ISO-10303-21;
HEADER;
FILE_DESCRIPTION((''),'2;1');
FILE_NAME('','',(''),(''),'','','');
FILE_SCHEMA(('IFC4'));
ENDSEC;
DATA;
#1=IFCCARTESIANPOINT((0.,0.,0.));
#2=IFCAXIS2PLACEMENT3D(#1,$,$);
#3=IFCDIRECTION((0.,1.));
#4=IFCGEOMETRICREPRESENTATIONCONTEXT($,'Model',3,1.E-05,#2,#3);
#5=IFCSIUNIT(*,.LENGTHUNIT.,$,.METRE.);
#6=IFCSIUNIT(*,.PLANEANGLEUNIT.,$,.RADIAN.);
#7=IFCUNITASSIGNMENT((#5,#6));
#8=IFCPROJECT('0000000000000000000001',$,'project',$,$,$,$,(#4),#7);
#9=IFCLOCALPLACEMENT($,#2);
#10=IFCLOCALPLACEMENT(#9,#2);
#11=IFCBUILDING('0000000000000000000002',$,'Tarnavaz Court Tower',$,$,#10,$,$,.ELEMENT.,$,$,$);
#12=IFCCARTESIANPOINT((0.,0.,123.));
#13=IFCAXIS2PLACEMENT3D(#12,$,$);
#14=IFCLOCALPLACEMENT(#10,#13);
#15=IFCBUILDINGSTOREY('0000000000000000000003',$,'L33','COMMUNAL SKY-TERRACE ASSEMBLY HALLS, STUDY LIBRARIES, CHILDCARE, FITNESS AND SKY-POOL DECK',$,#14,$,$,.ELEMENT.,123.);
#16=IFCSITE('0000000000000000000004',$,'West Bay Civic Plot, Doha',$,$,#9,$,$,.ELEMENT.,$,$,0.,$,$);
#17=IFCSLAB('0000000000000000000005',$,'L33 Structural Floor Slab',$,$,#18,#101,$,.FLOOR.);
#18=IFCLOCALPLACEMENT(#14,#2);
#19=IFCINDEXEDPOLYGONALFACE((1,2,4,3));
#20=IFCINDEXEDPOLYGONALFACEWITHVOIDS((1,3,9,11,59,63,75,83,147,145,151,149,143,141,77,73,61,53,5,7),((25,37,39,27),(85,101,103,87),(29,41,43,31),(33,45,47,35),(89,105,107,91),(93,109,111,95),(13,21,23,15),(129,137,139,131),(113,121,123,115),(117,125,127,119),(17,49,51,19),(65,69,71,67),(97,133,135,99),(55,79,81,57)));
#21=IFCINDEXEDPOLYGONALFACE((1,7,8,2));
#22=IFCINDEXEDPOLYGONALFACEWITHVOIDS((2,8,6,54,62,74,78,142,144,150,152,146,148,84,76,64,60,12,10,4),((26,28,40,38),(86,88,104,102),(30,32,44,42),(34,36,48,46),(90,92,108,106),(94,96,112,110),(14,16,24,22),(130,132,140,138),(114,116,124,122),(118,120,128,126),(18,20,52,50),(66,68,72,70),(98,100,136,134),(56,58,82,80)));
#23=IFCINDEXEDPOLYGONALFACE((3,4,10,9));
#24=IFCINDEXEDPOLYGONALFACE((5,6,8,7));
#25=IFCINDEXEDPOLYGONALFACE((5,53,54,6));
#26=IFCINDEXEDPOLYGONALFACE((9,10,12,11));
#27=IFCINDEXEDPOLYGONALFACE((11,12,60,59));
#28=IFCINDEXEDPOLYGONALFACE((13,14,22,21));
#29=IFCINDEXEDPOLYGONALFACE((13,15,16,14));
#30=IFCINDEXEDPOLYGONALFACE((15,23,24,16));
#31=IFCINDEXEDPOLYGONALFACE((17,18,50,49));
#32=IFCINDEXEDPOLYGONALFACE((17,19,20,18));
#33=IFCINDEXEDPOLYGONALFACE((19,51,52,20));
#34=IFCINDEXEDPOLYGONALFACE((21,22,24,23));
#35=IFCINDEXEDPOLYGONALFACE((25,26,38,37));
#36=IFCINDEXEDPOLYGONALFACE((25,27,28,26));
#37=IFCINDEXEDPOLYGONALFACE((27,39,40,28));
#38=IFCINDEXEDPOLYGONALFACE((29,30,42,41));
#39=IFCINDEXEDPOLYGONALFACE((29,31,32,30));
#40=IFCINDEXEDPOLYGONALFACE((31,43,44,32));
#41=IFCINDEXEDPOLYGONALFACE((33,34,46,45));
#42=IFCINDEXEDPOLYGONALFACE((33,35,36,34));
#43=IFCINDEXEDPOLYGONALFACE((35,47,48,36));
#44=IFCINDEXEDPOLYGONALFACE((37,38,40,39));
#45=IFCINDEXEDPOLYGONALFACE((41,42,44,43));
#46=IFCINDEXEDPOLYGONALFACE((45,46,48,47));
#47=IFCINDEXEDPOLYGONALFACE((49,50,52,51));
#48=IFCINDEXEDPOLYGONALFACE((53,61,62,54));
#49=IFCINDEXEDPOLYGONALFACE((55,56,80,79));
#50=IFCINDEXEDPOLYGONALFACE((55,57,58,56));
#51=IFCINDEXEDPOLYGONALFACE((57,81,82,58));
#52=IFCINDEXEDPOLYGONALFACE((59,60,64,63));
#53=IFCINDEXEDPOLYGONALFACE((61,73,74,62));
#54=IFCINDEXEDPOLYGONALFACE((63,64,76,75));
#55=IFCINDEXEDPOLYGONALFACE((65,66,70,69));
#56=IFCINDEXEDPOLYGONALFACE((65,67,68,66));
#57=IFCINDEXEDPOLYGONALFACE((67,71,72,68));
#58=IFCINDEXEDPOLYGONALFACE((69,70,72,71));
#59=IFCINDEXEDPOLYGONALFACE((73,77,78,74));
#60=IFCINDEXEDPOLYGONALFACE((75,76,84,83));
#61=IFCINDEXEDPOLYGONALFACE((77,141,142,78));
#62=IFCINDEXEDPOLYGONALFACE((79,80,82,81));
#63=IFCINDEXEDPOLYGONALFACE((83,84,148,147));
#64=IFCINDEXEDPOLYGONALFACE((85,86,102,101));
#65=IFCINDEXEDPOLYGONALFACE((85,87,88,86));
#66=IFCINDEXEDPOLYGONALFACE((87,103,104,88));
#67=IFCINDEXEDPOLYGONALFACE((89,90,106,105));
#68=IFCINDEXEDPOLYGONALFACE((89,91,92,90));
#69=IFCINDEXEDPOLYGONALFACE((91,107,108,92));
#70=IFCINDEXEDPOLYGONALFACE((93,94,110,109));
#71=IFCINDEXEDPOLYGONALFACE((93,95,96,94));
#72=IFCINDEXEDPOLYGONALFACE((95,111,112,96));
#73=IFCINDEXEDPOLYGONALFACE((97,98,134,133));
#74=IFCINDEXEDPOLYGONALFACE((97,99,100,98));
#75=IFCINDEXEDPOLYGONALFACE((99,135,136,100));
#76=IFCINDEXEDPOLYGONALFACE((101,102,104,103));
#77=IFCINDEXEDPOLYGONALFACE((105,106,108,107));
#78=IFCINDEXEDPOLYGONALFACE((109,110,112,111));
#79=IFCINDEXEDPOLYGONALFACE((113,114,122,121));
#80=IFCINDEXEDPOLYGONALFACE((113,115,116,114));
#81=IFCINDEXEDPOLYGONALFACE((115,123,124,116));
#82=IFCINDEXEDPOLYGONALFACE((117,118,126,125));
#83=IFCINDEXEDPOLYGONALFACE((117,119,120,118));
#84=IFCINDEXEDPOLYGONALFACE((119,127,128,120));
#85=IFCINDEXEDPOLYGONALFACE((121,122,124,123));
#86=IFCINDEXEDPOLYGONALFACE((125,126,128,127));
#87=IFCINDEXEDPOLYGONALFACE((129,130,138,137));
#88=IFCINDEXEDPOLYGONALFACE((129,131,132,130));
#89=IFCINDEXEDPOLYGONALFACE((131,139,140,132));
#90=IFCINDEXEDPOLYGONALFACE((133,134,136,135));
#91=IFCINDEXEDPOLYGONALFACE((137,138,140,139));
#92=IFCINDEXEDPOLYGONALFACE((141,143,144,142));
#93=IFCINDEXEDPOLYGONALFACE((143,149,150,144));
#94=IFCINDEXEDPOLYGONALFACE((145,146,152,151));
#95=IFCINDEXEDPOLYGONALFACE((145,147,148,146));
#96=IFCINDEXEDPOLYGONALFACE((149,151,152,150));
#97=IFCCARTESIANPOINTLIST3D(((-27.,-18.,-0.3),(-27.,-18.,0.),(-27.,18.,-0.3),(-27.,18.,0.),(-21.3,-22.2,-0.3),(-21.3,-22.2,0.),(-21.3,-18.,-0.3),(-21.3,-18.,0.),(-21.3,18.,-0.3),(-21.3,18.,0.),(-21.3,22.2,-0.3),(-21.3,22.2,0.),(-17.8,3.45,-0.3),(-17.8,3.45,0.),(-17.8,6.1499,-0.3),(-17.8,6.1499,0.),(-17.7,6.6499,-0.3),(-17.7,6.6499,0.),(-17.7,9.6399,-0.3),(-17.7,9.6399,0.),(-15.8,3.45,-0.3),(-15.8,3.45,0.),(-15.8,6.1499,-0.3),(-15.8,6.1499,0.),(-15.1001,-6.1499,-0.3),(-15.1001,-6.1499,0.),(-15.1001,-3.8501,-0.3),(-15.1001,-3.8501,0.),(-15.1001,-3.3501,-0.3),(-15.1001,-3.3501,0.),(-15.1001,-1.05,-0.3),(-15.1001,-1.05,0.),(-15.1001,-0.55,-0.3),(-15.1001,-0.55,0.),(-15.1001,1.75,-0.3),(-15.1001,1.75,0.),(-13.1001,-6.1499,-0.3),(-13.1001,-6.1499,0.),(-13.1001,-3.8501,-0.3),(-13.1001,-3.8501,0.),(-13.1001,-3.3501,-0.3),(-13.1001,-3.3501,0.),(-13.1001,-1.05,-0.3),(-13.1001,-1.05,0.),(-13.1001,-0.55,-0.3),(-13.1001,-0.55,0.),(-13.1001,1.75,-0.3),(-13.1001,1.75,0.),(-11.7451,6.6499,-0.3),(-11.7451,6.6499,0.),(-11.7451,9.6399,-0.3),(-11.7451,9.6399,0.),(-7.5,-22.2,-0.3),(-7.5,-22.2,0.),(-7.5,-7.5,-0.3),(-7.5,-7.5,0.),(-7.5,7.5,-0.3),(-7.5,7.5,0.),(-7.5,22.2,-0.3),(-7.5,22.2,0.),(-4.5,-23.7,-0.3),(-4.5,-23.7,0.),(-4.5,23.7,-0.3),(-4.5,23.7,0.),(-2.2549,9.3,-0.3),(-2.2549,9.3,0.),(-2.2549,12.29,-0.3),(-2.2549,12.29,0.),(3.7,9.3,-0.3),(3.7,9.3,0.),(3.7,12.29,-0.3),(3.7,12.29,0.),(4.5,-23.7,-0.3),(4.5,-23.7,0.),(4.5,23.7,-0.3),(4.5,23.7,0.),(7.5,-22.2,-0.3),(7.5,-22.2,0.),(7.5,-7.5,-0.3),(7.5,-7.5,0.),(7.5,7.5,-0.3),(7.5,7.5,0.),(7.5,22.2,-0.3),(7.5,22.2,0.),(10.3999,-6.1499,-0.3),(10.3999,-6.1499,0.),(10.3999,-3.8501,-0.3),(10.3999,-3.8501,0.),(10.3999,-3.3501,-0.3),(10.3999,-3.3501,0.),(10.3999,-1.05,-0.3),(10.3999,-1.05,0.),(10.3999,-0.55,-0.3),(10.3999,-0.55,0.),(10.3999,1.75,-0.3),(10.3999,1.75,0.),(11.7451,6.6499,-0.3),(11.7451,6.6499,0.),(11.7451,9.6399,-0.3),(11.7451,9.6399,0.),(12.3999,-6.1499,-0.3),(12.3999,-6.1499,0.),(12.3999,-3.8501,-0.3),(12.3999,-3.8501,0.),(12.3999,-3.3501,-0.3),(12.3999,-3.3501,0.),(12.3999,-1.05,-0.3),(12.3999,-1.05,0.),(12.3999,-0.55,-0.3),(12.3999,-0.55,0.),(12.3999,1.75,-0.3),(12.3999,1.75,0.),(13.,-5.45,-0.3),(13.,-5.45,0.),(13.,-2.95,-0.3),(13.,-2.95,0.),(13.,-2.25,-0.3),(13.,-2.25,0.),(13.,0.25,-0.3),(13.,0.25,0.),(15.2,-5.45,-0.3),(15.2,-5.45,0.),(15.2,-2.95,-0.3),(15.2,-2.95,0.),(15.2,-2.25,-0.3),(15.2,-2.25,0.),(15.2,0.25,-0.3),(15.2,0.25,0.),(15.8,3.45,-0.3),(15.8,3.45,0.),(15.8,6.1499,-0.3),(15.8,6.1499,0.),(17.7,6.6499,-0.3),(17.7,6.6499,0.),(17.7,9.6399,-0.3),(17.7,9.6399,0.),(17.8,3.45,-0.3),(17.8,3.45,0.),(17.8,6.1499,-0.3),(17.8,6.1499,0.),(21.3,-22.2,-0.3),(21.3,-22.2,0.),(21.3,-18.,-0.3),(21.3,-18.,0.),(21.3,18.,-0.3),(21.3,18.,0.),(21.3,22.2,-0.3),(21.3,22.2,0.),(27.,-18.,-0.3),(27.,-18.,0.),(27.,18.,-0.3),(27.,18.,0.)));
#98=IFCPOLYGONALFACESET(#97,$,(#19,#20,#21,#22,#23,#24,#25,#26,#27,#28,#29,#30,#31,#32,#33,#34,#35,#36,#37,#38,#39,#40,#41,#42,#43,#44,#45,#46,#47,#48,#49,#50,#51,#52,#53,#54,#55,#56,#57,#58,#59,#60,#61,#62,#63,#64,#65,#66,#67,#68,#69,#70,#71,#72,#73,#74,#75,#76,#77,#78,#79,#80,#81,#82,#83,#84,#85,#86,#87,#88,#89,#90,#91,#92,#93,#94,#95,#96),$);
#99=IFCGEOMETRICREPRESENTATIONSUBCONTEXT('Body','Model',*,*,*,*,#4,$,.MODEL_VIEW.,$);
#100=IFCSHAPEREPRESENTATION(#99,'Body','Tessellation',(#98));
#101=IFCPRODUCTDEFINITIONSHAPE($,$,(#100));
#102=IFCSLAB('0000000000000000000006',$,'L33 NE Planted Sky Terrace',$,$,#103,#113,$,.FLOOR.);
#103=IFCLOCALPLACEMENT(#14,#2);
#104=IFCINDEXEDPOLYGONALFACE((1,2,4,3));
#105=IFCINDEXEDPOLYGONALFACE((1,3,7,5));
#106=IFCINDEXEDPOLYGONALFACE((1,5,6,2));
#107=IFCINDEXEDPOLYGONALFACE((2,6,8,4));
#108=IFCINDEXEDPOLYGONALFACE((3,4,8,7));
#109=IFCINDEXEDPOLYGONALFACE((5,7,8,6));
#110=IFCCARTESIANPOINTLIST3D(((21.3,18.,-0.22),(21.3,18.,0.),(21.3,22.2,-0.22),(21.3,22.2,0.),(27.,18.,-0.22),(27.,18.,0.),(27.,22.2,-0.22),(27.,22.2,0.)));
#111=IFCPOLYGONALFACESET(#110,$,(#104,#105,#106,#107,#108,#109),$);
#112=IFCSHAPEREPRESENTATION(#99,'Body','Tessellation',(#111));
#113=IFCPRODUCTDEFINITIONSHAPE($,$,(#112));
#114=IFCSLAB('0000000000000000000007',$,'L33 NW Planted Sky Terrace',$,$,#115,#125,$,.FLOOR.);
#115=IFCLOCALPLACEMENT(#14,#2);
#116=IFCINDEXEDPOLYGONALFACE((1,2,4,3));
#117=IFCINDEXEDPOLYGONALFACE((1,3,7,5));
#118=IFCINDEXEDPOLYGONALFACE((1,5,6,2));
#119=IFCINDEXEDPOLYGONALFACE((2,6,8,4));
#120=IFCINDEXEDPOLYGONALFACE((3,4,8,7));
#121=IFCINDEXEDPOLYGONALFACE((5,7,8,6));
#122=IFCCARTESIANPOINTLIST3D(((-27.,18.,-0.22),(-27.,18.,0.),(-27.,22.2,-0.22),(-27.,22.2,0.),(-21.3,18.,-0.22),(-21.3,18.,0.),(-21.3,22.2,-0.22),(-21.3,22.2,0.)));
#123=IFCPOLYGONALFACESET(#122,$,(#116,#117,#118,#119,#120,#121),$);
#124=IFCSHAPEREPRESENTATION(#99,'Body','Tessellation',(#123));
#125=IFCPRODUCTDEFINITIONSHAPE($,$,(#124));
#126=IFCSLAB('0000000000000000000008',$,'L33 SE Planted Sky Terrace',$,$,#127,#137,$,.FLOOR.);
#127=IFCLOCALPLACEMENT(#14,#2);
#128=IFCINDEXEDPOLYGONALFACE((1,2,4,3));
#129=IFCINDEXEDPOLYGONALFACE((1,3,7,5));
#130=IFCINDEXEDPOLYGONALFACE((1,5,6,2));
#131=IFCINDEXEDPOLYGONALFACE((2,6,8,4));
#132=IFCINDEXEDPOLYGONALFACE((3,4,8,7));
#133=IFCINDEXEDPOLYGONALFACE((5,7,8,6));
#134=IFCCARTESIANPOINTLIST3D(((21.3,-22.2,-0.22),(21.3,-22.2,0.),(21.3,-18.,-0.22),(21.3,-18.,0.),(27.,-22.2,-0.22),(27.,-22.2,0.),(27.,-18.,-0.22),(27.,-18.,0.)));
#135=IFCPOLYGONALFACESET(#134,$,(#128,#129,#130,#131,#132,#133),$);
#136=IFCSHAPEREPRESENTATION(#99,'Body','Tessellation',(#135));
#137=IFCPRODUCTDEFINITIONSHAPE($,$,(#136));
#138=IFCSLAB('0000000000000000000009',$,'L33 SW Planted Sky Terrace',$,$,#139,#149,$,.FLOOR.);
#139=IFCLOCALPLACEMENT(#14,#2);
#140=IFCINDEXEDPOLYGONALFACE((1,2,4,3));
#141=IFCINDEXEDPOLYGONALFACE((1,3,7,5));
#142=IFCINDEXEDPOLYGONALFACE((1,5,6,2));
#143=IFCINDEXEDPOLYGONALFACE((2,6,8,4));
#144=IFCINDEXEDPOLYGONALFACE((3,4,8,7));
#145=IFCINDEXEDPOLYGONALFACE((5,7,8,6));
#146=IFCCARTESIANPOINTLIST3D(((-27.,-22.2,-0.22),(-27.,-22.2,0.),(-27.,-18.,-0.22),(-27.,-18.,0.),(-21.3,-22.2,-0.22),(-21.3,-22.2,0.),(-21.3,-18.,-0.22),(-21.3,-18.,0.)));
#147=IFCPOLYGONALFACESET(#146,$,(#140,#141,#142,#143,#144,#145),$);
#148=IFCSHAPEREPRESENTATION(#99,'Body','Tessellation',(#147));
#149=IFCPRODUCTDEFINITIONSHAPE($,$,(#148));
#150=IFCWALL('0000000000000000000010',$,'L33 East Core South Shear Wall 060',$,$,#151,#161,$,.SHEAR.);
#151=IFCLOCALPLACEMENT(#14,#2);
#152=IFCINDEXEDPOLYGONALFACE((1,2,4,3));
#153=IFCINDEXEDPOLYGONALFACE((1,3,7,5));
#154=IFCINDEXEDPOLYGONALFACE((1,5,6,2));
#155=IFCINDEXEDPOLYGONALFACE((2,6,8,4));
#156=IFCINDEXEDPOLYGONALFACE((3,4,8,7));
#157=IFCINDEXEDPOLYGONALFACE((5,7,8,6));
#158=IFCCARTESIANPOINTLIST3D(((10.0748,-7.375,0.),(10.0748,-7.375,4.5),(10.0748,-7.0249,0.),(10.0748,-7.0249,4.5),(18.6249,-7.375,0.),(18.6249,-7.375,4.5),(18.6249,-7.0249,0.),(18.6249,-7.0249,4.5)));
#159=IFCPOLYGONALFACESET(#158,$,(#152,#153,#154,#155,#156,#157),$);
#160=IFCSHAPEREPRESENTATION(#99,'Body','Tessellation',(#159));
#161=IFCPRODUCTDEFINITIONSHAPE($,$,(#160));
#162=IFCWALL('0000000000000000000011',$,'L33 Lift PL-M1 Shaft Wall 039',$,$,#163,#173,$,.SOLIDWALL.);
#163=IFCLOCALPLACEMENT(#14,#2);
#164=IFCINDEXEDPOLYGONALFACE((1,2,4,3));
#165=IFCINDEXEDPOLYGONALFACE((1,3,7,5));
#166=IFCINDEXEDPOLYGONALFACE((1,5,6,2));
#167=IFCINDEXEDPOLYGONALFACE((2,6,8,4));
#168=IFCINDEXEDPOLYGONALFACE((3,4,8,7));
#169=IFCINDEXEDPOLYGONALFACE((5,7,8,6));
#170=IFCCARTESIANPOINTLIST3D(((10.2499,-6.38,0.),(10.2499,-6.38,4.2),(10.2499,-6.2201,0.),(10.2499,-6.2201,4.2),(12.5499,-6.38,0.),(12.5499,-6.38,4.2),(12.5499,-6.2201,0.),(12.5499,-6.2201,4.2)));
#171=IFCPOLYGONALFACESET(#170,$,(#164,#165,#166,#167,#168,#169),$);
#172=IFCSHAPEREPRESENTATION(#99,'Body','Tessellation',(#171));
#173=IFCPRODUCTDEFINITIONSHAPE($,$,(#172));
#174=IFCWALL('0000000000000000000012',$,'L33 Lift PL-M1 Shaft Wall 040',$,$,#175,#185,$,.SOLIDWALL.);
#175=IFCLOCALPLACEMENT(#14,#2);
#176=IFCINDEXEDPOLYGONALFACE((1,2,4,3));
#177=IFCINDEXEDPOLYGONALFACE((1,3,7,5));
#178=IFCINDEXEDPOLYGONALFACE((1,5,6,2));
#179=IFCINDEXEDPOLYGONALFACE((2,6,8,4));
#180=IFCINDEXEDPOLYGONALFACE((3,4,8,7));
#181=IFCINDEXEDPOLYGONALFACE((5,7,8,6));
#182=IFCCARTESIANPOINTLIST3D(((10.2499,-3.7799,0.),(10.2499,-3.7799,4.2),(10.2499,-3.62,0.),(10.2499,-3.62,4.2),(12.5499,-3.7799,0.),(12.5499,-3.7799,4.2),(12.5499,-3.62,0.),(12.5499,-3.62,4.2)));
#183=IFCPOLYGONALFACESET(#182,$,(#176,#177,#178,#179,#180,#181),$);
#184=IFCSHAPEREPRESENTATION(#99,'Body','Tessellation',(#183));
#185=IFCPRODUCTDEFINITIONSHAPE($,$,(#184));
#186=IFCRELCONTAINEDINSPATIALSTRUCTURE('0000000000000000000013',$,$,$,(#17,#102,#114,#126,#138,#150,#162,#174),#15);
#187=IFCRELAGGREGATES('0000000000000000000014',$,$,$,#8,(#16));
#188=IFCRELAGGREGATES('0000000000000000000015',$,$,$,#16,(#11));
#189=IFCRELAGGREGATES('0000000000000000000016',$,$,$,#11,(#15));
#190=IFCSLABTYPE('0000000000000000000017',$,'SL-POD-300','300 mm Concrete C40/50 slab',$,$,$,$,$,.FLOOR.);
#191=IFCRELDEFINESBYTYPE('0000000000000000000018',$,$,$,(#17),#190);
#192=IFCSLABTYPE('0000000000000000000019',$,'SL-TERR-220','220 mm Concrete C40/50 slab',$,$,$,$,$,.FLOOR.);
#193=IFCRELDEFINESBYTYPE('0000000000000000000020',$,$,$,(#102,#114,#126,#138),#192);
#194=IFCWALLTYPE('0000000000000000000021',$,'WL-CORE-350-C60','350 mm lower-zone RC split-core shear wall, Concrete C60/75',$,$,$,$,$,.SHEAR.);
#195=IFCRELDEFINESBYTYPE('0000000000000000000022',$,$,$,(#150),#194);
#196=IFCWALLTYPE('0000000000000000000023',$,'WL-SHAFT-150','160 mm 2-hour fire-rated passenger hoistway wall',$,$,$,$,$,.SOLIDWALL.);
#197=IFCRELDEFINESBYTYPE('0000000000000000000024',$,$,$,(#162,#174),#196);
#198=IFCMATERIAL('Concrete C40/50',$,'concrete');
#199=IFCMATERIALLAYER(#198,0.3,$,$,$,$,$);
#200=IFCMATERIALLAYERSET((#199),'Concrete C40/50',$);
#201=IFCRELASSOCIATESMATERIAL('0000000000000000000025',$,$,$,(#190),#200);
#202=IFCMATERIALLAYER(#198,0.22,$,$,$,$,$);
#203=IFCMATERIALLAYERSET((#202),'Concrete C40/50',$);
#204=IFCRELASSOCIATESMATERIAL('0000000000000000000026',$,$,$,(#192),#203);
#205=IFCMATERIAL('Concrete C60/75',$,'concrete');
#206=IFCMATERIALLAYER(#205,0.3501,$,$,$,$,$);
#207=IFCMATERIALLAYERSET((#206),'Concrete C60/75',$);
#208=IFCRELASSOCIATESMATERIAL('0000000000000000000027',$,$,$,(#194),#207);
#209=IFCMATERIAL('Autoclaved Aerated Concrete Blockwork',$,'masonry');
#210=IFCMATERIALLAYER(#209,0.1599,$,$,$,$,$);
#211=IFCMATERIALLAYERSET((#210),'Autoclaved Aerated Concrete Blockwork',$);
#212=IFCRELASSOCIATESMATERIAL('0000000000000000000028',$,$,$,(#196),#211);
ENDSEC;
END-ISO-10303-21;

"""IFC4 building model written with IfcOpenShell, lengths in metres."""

from ifc_helpers import new_model, si_unit, direction, frame, frame_2d, origin, place, context, subcontext, project, spatial, polyline, rectangle, outline, extrude, material, layer, layer_set, type_object, element, save


model = new_model("IFC4")

# Units and contexts
model_context = context("Model", 3, precision=1e-05, world=origin(), true_north=direction((0.0, 1.0)))
body_context = subcontext(model_context, "Body", "Model", "MODEL_VIEW")
ifc_project = project(units=[si_unit("LENGTHUNIT", "METRE"), si_unit("PLANEANGLEUNIT", "RADIAN")], contexts=[model_context])

# Site, building, storey
site_placement = place(None, origin())
site = spatial("IfcSite", under=ifc_project, at=site_placement, Name="West Bay Civic Plot, Doha", CompositionType="ELEMENT", RefElevation=0.0)
building_placement = place(site_placement, origin())
building = spatial("IfcBuilding", under=site, at=building_placement, Name="Tarnavaz Court Tower", CompositionType="ELEMENT")
storey_placement = place(building_placement, frame((0.0, 0.0, 123.0)))
storey = spatial("IfcBuildingStorey", under=building, at=storey_placement, Name="L33", Description="COMMUNAL SKY-TERRACE ASSEMBLY HALLS, STUDY LIBRARIES, CHILDCARE, FITNESS AND SKY-POOL DECK", CompositionType="ELEMENT", Elevation=123.0)

# Shared definitions
ifc_material_1 = material(Name="Concrete C60/75", Category="concrete")

# Shared definitions
ifc_material_2 = material(Name="Concrete C40/50", Category="concrete")

# Slabs
ifc_layer_1 = layer(ifc_material_2, 0.3)
ifc_layer_set_1 = layer_set([ifc_layer_1], Name="Concrete C40/50")
slab_type_1 = type_object("IfcSlabType", Name="SL-POD-300", Description="300 mm Concrete C40/50 slab", PredefinedType="FLOOR", material=ifc_layer_set_1)
slab_1_placement = place(storey_placement, frame((0.0, 0.0, -0.3)))
element("IfcSlab", 1, at=slab_1_placement, inside=storey, type_object=slab_type_1, Name="L33 Structural Floor Slab", PredefinedType="FLOOR", context=body_context, shape_type="SweptSolid", body=[
    extrude(outline(polyline([(-21.3, -22.2), (-7.5, -22.2), (-4.5, -23.7), (4.5, -23.7), (7.5, -22.2), (21.3, -22.2), (21.3, -18.0), (27.0, -18.0), (27.0, 18.0), (21.3, 18.0), (21.3, 22.2), (7.5, 22.2), (4.5, 23.7), (-4.5, 23.7), (-7.5, 22.2), (-21.3, 22.2), (-21.3, 18.0), (-27.0, 18.0), (-27.0, -18.0), (-21.3, -18.0), (-21.3, -22.2)]), holes=[polyline([(-7.5, -7.5), (7.5, -7.5), (7.5, 7.5), (-7.5, 7.5), (-7.5, -7.5)]), polyline([(-11.7451, 9.6399), (-17.7, 9.6399), (-17.7, 6.6499), (-11.7451, 6.6499), (-11.7451, 9.6399)]), polyline([(11.7451, 6.6499), (17.7, 6.6499), (17.7, 9.6399), (11.7451, 9.6399), (11.7451, 6.6499)]), polyline([(-2.2549, 9.3), (3.7, 9.3), (3.7, 12.29), (-2.2549, 12.29), (-2.2549, 9.3)]), polyline([(-17.8, 3.45), (-15.8, 3.45), (-15.8, 6.1499), (-17.8, 6.1499), (-17.8, 3.45)]), polyline([(-15.1001, -6.1499), (-13.1001, -6.1499), (-13.1001, -3.8501), (-15.1001, -3.8501), (-15.1001, -6.1499)]), polyline([(-15.1001, -3.3501), (-13.1001, -3.3501), (-13.1001, -1.05), (-15.1001, -1.05), (-15.1001, -3.3501)]), polyline([(-15.1001, -0.55), (-13.1001, -0.55), (-13.1001, 1.75), (-15.1001, 1.75), (-15.1001, -0.55)]), polyline([(15.8, 3.45), (17.8, 3.45), (17.8, 6.1499), (15.8, 6.1499), (15.8, 3.45)]), polyline([(10.3999, -6.1499), (12.3999, -6.1499), (12.3999, -3.8501), (10.3999, -3.8501), (10.3999, -6.1499)]), polyline([(10.3999, -3.3501), (12.3999, -3.3501), (12.3999, -1.05), (10.3999, -1.05), (10.3999, -3.3501)]), polyline([(10.3999, -0.55), (12.3999, -0.55), (12.3999, 1.75), (10.3999, 1.75), (10.3999, -0.55)]), polyline([(13.0, -5.45), (15.2, -5.45), (15.2, -2.95), (13.0, -2.95), (13.0, -5.45)]), polyline([(13.0, -2.25), (15.2, -2.25), (15.2, 0.25), (13.0, 0.25), (13.0, -2.25)])]), origin(), (0.0, 0.0, 1.0), 0.3),
])
ifc_layer_2 = layer(ifc_material_2, 0.22)
ifc_layer_set_2 = layer_set([ifc_layer_2], Name="Concrete C40/50")
slab_type_2 = type_object("IfcSlabType", Name="SL-TERR-220", Description="220 mm Concrete C40/50 slab", PredefinedType="FLOOR", material=ifc_layer_set_2)
slab_2_placement = place(storey_placement, frame((0.0, 0.0, -0.22)))
element("IfcSlab", 2, at=slab_2_placement, inside=storey, type_object=slab_type_2, Name="L33 NE Planted Sky Terrace", PredefinedType="FLOOR", context=body_context, shape_type="SweptSolid", body=[
    extrude(outline(polyline([(21.3, 18.0), (27.0, 18.0), (27.0, 22.2), (21.3, 22.2), (21.3, 18.0)])), origin(), (0.0, 0.0, 1.0), 0.22),
])
slab_3_placement = place(storey_placement, frame((0.0, 0.0, -0.22)))
element("IfcSlab", 3, at=slab_3_placement, inside=storey, type_object=slab_type_2, Name="L33 NW Planted Sky Terrace", PredefinedType="FLOOR", context=body_context, shape_type="SweptSolid", body=[
    extrude(outline(polyline([(-27.0, 18.0), (-21.3, 18.0), (-21.3, 22.2), (-27.0, 22.2), (-27.0, 18.0)])), origin(), (0.0, 0.0, 1.0), 0.22),
])
slab_4_placement = place(storey_placement, frame((0.0, 0.0, -0.22)))
element("IfcSlab", 4, at=slab_4_placement, inside=storey, type_object=slab_type_2, Name="L33 SE Planted Sky Terrace", PredefinedType="FLOOR", context=body_context, shape_type="SweptSolid", body=[
    extrude(outline(polyline([(21.3, -22.2), (27.0, -22.2), (27.0, -18.0), (21.3, -18.0), (21.3, -22.2)])), origin(), (0.0, 0.0, 1.0), 0.22),
])
slab_5_placement = place(storey_placement, frame((0.0, 0.0, -0.22)))
element("IfcSlab", 5, at=slab_5_placement, inside=storey, type_object=slab_type_2, Name="L33 SW Planted Sky Terrace", PredefinedType="FLOOR", context=body_context, shape_type="SweptSolid", body=[
    extrude(outline(polyline([(-27.0, -22.2), (-21.3, -22.2), (-21.3, -18.0), (-27.0, -18.0), (-27.0, -22.2)])), origin(), (0.0, 0.0, 1.0), 0.22),
])

# Wall
ifc_layer_3 = layer(ifc_material_1, 0.3501)
ifc_layer_set_3 = layer_set([ifc_layer_3], Name="Concrete C60/75")
wall_type_1 = type_object("IfcWallType", Name="WL-CORE-350-C60", Description="350 mm lower-zone RC split-core shear wall, Concrete C60/75", PredefinedType="SHEAR", material=ifc_layer_set_3)
wall_1_placement = place(storey_placement, frame((10.075, -7.2, 0.0), z_axis=(0.0, 0.0, 1.0), x_axis=(1.0, 0.0, 0.0)))
element("IfcWall", 6, at=wall_1_placement, inside=storey, type_object=wall_type_1, Name="L33 East Core South Shear Wall 060", PredefinedType="SHEAR", context=body_context, shape_type="SweptSolid", body=[
    extrude(rectangle(XDim=8.55, YDim=0.3501, at=frame_2d((4.2749, 0.0))), origin(), (0.0, 0.0, 1.0), 4.5),
])

# Shared definitions
ifc_material_3 = material(Name="Autoclaved Aerated Concrete Blockwork", Category="masonry")
ifc_layer_4 = layer(ifc_material_3, 0.1599)
ifc_layer_set_4 = layer_set([ifc_layer_4], Name="Autoclaved Aerated Concrete Blockwork")
wall_type_2 = type_object("IfcWallType", Name="WL-SHAFT-150", Description="160 mm 2-hour fire-rated passenger hoistway wall", PredefinedType="SOLIDWALL", material=ifc_layer_set_4)

# Walls
for number, where, z_axis, x_axis, name in (
    (7, (10.25, -6.3, 0.0), (0.0, 0.0, 1.0), (1.0, 0.0, 0.0), "L33 Lift PL-M1 Shaft Wall 039"),
    (8, (10.25, -3.7, 0.0), (0.0, 0.0, 1.0), (1.0, 0.0, 0.0), "L33 Lift PL-M1 Shaft Wall 040"),
):
    element("IfcWall", number, at=place(storey_placement, frame(where, z_axis=z_axis, x_axis=x_axis)), inside=storey, type_object=wall_type_2, Name=name, PredefinedType="SOLIDWALL", context=body_context, shape_type="SweptSolid", body=[
        extrude(rectangle(XDim=2.3, YDim=0.1599, at=frame_2d((1.1499, 0.0))), origin(), (0.0, 0.0, 1.0), 4.2),
    ])

save(model, "model.ifc")
